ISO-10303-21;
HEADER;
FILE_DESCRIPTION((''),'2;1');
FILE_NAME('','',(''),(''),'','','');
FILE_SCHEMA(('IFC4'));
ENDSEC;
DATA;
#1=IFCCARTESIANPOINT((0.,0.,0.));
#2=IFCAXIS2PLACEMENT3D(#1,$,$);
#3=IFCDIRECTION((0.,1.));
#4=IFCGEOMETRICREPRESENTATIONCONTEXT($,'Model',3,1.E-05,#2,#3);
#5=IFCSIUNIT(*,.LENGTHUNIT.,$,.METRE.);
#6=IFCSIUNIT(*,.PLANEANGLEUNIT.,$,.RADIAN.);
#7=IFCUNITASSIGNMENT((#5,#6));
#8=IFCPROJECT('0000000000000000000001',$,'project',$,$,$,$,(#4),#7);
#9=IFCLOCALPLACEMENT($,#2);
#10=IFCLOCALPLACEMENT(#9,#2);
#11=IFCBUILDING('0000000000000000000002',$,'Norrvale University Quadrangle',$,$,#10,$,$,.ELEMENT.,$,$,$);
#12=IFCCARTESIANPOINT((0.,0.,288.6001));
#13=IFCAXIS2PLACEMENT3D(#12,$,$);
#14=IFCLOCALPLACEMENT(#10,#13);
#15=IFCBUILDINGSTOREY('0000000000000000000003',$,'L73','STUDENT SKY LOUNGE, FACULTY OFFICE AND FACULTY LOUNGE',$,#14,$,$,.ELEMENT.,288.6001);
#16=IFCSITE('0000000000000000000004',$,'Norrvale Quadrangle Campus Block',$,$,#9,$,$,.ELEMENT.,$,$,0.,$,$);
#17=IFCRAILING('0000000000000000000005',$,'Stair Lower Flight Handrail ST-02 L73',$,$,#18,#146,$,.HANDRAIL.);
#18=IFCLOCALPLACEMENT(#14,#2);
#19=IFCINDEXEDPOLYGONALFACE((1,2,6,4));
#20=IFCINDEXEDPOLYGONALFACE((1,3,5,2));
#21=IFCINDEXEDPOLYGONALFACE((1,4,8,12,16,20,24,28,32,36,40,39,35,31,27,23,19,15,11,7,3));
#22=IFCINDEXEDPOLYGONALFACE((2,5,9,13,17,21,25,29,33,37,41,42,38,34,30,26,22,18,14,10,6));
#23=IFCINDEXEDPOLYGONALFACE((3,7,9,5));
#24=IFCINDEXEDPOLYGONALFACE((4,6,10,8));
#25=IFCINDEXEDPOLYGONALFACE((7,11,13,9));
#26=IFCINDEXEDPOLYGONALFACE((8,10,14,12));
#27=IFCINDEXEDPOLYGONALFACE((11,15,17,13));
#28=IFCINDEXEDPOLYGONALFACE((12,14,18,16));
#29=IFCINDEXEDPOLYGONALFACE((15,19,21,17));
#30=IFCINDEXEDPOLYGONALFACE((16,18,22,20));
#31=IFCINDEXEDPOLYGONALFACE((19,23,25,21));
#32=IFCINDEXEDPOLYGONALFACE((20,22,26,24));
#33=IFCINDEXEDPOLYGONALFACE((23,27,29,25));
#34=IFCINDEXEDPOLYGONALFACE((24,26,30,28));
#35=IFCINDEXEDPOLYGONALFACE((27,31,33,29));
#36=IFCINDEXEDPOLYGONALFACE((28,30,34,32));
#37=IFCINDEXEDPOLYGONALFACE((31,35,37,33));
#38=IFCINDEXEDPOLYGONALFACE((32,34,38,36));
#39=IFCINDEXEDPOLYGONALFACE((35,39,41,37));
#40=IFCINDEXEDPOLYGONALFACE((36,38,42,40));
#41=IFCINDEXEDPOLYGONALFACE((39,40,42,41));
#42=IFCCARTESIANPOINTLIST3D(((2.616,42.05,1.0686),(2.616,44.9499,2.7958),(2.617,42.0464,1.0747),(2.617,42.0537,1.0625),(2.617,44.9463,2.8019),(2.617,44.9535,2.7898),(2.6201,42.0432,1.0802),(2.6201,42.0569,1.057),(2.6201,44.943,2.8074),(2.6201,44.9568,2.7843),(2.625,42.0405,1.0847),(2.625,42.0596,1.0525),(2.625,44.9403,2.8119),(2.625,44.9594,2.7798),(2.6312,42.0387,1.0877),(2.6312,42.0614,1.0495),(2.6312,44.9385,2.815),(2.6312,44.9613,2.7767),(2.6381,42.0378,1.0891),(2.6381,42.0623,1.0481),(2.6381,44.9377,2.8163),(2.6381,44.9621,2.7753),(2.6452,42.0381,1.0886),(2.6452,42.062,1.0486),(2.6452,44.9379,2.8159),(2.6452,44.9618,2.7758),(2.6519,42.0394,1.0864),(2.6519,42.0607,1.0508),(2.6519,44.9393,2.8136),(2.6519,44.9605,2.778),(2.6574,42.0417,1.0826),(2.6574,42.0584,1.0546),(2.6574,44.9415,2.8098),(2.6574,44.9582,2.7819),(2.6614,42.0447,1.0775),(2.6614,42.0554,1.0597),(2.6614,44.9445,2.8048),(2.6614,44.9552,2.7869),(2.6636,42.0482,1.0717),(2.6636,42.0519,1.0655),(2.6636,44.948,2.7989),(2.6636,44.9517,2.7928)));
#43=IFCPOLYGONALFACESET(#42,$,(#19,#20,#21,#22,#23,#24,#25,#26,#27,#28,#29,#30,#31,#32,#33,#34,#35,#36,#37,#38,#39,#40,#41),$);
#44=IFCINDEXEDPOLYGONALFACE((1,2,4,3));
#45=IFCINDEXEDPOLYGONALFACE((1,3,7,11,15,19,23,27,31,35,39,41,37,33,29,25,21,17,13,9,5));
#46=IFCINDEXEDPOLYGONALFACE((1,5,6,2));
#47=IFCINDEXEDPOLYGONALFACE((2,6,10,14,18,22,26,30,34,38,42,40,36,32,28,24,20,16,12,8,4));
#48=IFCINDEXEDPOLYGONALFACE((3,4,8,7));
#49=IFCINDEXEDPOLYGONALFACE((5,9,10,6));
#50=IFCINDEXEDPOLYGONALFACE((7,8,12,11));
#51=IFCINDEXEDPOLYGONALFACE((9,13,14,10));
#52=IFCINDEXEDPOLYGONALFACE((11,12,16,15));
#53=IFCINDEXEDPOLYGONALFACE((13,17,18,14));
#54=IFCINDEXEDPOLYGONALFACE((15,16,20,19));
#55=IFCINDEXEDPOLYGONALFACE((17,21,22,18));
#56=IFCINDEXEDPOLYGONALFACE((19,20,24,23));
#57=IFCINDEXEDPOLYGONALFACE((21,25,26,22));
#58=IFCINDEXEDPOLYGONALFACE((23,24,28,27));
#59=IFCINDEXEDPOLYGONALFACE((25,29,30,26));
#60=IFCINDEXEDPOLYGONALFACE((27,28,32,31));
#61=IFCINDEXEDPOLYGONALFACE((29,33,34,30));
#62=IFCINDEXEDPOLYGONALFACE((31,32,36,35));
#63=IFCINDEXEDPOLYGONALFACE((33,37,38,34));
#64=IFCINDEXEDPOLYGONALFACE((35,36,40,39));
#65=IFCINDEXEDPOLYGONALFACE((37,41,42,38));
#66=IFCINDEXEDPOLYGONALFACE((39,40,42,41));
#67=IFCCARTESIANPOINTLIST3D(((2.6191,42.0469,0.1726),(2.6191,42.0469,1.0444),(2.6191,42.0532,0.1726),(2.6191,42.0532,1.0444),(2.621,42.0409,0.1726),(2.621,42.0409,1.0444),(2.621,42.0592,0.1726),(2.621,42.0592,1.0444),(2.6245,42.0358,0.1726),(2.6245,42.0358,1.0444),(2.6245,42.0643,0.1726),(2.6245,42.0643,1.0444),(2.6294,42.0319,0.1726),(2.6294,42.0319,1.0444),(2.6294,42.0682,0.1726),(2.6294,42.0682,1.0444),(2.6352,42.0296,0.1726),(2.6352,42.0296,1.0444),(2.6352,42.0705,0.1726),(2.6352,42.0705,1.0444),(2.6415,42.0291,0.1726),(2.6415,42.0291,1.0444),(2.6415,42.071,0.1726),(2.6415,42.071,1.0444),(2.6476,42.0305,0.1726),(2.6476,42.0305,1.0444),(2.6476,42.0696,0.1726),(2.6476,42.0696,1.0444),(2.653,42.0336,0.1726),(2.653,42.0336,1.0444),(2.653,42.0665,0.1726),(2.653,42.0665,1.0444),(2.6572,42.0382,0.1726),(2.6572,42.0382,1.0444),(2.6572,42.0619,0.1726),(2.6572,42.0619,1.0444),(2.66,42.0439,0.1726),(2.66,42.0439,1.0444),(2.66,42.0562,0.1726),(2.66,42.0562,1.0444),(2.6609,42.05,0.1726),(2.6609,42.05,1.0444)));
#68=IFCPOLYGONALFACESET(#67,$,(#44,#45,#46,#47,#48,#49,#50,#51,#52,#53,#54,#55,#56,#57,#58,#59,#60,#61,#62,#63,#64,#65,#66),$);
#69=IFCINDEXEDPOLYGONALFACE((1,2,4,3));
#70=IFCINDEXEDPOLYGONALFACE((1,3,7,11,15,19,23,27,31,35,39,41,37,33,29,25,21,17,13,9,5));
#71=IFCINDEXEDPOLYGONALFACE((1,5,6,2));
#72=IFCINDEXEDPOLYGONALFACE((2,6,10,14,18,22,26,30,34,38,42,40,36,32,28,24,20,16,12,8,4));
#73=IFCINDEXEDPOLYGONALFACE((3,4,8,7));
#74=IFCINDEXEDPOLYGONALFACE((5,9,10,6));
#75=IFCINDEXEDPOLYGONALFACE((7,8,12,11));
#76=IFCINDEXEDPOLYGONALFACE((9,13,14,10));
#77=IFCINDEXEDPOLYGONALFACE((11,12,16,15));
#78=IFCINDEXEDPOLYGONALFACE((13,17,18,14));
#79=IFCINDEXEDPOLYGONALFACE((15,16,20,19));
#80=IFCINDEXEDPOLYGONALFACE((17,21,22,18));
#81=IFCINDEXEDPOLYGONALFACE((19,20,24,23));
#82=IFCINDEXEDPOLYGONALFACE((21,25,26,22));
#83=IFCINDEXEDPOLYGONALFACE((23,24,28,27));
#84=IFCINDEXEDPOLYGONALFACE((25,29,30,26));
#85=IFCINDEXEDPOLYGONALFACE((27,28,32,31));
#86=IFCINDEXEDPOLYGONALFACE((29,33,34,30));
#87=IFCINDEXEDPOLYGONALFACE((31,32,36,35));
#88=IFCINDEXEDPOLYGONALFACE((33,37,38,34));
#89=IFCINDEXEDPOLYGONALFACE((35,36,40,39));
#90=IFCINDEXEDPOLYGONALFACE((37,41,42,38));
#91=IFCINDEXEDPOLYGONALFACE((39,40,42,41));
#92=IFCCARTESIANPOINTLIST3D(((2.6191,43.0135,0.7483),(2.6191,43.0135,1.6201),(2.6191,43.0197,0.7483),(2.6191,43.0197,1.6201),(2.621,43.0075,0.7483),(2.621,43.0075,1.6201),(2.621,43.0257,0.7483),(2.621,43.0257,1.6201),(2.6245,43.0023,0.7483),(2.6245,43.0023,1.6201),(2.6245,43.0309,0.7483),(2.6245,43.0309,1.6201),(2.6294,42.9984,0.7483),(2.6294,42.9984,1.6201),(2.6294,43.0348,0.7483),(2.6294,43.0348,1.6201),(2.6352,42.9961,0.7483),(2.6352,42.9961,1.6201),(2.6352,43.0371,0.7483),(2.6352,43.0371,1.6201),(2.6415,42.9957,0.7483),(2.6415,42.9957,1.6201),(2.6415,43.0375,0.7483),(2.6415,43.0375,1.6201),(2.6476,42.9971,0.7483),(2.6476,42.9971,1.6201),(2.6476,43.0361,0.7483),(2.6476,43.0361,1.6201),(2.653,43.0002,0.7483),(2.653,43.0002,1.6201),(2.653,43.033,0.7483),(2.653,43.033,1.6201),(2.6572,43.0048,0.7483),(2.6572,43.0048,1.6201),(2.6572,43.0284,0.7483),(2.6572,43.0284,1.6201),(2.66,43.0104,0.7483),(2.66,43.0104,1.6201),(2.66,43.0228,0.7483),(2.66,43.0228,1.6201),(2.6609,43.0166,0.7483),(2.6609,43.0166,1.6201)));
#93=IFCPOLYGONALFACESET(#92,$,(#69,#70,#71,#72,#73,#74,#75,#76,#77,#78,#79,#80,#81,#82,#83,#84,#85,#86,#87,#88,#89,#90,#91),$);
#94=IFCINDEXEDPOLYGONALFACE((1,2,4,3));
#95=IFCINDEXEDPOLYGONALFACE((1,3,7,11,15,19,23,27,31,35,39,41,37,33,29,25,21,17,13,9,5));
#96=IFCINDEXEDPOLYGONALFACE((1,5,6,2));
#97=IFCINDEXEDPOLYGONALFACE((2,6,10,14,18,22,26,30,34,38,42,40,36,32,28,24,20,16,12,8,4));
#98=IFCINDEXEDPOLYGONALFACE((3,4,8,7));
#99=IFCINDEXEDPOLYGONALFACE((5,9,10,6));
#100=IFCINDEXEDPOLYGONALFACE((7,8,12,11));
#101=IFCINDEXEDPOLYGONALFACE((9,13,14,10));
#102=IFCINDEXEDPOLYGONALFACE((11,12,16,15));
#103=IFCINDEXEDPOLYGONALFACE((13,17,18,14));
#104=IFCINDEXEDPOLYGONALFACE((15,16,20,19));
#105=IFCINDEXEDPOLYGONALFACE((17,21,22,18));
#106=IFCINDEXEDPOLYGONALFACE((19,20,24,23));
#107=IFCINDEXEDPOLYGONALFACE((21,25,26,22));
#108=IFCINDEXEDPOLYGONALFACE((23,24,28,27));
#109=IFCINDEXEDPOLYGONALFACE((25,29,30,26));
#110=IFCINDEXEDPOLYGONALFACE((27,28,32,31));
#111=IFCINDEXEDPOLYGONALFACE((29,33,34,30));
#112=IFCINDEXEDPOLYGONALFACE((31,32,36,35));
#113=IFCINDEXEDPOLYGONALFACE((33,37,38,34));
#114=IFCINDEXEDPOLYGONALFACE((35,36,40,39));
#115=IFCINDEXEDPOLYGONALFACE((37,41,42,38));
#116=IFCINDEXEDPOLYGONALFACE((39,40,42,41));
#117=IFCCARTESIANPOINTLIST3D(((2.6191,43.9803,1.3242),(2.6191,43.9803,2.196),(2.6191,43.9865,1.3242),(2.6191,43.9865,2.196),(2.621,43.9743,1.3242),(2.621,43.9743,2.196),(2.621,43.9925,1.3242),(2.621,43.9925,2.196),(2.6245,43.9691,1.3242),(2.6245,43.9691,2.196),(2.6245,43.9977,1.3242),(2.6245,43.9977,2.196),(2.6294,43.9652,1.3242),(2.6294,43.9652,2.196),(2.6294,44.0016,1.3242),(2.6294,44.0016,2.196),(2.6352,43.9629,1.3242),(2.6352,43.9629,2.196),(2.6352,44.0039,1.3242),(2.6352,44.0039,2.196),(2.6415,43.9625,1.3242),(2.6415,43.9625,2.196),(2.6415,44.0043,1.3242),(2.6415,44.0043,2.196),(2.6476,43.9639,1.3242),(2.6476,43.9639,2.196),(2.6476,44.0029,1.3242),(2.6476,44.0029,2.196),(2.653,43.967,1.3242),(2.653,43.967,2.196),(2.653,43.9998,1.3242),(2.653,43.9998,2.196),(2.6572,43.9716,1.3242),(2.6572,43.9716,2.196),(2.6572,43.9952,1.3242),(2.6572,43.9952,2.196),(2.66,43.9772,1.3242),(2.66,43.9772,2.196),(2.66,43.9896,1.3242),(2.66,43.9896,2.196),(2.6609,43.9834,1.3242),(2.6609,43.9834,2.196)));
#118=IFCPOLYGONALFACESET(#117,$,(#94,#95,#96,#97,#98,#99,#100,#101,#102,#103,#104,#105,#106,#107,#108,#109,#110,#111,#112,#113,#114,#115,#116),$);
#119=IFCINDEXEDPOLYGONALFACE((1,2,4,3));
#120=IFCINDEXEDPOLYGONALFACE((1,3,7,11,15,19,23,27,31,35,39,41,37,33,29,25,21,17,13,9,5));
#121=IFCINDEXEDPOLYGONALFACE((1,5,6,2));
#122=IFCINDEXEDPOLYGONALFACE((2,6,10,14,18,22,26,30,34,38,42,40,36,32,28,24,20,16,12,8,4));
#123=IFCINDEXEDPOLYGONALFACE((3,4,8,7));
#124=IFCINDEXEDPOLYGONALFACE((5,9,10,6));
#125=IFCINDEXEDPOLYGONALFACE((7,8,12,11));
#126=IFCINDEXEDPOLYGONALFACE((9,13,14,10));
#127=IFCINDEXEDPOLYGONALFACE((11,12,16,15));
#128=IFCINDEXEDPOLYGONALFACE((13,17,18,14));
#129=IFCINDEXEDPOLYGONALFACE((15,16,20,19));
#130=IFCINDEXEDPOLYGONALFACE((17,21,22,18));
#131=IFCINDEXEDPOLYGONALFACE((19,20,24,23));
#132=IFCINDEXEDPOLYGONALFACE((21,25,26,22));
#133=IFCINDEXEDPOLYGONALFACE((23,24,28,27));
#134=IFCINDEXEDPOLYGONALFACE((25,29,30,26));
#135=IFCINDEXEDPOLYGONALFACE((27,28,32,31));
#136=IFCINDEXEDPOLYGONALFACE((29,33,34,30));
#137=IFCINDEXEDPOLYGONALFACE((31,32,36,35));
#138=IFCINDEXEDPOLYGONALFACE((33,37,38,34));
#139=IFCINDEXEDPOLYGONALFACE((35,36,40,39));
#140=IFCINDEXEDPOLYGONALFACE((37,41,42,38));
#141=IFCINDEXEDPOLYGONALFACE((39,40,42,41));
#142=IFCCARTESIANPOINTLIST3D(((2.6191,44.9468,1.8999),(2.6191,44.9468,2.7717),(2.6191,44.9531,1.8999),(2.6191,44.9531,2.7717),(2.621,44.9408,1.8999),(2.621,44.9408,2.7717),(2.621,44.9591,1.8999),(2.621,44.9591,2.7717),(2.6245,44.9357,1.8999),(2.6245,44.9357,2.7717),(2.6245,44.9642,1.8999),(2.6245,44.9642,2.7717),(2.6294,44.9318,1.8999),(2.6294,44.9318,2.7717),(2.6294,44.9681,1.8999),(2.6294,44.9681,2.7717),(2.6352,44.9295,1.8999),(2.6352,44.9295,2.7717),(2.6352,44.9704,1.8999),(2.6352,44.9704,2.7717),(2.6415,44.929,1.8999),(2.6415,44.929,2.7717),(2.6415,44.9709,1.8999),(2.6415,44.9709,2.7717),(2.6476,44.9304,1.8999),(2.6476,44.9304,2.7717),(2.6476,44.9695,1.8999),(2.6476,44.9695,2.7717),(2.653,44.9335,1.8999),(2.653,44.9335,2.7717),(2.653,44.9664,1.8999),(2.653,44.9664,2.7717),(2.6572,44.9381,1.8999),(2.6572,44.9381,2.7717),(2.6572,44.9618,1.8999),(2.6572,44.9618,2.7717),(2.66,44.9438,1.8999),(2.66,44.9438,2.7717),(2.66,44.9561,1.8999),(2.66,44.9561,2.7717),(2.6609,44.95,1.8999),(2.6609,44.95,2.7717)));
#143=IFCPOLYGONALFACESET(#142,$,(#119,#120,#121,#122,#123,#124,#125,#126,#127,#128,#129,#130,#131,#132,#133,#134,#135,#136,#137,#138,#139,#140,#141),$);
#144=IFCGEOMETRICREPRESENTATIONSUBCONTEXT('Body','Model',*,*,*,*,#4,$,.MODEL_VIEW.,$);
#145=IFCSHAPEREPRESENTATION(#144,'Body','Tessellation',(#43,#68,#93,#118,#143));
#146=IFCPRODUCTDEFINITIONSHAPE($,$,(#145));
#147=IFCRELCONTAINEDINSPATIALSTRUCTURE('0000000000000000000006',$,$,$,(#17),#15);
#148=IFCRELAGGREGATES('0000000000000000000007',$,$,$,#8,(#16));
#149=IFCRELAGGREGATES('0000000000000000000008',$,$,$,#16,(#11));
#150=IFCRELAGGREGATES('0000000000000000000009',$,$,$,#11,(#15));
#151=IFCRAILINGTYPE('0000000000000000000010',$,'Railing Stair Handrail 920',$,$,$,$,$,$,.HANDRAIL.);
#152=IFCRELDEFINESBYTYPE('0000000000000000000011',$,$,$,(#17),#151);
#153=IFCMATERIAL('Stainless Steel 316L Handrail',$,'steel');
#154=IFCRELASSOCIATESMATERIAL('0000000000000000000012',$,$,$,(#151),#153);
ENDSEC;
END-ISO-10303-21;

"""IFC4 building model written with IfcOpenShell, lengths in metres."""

from ifc_helpers import new_model, si_unit, direction, frame, origin, origin_2d, place, context, subcontext, project, spatial, circle, extrude, material, type_object, element, save


model = new_model("IFC4")

# Units and contexts
model_context = context("Model", 3, precision=1e-05, world=origin(), true_north=direction((0.0, 1.0)))
body_context = subcontext(model_context, "Body", "Model", "MODEL_VIEW")
ifc_project = project(units=[si_unit("LENGTHUNIT", "METRE"), si_unit("PLANEANGLEUNIT", "RADIAN")], contexts=[model_context])

# Site, building, storey
site_placement = place(None, origin())
site = spatial("IfcSite", under=ifc_project, at=site_placement, Name="Norrvale Quadrangle Campus Block", CompositionType="ELEMENT", RefElevation=0.0)
building_placement = place(site_placement, origin())
building = spatial("IfcBuilding", under=site, at=building_placement, Name="Norrvale University Quadrangle", CompositionType="ELEMENT")
storey_placement = place(building_placement, frame((0.0, 0.0, 288.6001)))
storey = spatial("IfcBuildingStorey", under=building, at=storey_placement, Name="L73", Description="STUDENT SKY LOUNGE, FACULTY OFFICE AND FACULTY LOUNGE", CompositionType="ELEMENT", Elevation=288.6001)

# Railing
ifc_material_1 = material(Name="Stainless Steel 316L Handrail", Category="steel")
railing_type_1 = type_object("IfcRailingType", Name="Railing Stair Handrail 920", PredefinedType="HANDRAIL", material=ifc_material_1)
railing_1_placement = place(storey_placement, frame((2.6399, 42.05, 0.1726)))
element("IfcRailing", 1, at=railing_1_placement, inside=storey, type_object=railing_type_1, Name="Stair Lower Flight Handrail ST-02 L73", PredefinedType="HANDRAIL", context=body_context, shape_type="SweptSolid", body=[
    extrude(circle(Radius=0.0239, at=origin_2d()), frame((0.0, 0.0, 0.896), z_axis=(0.0, 0.859141, 0.511738), x_axis=(-1.0, 0.0, 0.0)), (0.0, 0.0, 1.0), 3.3752),
    extrude(circle(Radius=0.021, at=origin_2d()), origin(), (0.0, 0.0, 1.0), 0.8718),
    extrude(circle(Radius=0.021, at=origin_2d()), frame((0.0, 0.9666, 0.5757)), (0.0, 0.0, 1.0), 0.8718),
    extrude(circle(Radius=0.021, at=origin_2d()), frame((0.0, 1.9333, 1.1516)), (0.0, 0.0, 1.0), 0.8718),
    extrude(circle(Radius=0.021, at=origin_2d()), frame((0.0, 2.8999, 1.7273)), (0.0, 0.0, 1.0), 0.8718),
])

save(model, "model.ifc")
